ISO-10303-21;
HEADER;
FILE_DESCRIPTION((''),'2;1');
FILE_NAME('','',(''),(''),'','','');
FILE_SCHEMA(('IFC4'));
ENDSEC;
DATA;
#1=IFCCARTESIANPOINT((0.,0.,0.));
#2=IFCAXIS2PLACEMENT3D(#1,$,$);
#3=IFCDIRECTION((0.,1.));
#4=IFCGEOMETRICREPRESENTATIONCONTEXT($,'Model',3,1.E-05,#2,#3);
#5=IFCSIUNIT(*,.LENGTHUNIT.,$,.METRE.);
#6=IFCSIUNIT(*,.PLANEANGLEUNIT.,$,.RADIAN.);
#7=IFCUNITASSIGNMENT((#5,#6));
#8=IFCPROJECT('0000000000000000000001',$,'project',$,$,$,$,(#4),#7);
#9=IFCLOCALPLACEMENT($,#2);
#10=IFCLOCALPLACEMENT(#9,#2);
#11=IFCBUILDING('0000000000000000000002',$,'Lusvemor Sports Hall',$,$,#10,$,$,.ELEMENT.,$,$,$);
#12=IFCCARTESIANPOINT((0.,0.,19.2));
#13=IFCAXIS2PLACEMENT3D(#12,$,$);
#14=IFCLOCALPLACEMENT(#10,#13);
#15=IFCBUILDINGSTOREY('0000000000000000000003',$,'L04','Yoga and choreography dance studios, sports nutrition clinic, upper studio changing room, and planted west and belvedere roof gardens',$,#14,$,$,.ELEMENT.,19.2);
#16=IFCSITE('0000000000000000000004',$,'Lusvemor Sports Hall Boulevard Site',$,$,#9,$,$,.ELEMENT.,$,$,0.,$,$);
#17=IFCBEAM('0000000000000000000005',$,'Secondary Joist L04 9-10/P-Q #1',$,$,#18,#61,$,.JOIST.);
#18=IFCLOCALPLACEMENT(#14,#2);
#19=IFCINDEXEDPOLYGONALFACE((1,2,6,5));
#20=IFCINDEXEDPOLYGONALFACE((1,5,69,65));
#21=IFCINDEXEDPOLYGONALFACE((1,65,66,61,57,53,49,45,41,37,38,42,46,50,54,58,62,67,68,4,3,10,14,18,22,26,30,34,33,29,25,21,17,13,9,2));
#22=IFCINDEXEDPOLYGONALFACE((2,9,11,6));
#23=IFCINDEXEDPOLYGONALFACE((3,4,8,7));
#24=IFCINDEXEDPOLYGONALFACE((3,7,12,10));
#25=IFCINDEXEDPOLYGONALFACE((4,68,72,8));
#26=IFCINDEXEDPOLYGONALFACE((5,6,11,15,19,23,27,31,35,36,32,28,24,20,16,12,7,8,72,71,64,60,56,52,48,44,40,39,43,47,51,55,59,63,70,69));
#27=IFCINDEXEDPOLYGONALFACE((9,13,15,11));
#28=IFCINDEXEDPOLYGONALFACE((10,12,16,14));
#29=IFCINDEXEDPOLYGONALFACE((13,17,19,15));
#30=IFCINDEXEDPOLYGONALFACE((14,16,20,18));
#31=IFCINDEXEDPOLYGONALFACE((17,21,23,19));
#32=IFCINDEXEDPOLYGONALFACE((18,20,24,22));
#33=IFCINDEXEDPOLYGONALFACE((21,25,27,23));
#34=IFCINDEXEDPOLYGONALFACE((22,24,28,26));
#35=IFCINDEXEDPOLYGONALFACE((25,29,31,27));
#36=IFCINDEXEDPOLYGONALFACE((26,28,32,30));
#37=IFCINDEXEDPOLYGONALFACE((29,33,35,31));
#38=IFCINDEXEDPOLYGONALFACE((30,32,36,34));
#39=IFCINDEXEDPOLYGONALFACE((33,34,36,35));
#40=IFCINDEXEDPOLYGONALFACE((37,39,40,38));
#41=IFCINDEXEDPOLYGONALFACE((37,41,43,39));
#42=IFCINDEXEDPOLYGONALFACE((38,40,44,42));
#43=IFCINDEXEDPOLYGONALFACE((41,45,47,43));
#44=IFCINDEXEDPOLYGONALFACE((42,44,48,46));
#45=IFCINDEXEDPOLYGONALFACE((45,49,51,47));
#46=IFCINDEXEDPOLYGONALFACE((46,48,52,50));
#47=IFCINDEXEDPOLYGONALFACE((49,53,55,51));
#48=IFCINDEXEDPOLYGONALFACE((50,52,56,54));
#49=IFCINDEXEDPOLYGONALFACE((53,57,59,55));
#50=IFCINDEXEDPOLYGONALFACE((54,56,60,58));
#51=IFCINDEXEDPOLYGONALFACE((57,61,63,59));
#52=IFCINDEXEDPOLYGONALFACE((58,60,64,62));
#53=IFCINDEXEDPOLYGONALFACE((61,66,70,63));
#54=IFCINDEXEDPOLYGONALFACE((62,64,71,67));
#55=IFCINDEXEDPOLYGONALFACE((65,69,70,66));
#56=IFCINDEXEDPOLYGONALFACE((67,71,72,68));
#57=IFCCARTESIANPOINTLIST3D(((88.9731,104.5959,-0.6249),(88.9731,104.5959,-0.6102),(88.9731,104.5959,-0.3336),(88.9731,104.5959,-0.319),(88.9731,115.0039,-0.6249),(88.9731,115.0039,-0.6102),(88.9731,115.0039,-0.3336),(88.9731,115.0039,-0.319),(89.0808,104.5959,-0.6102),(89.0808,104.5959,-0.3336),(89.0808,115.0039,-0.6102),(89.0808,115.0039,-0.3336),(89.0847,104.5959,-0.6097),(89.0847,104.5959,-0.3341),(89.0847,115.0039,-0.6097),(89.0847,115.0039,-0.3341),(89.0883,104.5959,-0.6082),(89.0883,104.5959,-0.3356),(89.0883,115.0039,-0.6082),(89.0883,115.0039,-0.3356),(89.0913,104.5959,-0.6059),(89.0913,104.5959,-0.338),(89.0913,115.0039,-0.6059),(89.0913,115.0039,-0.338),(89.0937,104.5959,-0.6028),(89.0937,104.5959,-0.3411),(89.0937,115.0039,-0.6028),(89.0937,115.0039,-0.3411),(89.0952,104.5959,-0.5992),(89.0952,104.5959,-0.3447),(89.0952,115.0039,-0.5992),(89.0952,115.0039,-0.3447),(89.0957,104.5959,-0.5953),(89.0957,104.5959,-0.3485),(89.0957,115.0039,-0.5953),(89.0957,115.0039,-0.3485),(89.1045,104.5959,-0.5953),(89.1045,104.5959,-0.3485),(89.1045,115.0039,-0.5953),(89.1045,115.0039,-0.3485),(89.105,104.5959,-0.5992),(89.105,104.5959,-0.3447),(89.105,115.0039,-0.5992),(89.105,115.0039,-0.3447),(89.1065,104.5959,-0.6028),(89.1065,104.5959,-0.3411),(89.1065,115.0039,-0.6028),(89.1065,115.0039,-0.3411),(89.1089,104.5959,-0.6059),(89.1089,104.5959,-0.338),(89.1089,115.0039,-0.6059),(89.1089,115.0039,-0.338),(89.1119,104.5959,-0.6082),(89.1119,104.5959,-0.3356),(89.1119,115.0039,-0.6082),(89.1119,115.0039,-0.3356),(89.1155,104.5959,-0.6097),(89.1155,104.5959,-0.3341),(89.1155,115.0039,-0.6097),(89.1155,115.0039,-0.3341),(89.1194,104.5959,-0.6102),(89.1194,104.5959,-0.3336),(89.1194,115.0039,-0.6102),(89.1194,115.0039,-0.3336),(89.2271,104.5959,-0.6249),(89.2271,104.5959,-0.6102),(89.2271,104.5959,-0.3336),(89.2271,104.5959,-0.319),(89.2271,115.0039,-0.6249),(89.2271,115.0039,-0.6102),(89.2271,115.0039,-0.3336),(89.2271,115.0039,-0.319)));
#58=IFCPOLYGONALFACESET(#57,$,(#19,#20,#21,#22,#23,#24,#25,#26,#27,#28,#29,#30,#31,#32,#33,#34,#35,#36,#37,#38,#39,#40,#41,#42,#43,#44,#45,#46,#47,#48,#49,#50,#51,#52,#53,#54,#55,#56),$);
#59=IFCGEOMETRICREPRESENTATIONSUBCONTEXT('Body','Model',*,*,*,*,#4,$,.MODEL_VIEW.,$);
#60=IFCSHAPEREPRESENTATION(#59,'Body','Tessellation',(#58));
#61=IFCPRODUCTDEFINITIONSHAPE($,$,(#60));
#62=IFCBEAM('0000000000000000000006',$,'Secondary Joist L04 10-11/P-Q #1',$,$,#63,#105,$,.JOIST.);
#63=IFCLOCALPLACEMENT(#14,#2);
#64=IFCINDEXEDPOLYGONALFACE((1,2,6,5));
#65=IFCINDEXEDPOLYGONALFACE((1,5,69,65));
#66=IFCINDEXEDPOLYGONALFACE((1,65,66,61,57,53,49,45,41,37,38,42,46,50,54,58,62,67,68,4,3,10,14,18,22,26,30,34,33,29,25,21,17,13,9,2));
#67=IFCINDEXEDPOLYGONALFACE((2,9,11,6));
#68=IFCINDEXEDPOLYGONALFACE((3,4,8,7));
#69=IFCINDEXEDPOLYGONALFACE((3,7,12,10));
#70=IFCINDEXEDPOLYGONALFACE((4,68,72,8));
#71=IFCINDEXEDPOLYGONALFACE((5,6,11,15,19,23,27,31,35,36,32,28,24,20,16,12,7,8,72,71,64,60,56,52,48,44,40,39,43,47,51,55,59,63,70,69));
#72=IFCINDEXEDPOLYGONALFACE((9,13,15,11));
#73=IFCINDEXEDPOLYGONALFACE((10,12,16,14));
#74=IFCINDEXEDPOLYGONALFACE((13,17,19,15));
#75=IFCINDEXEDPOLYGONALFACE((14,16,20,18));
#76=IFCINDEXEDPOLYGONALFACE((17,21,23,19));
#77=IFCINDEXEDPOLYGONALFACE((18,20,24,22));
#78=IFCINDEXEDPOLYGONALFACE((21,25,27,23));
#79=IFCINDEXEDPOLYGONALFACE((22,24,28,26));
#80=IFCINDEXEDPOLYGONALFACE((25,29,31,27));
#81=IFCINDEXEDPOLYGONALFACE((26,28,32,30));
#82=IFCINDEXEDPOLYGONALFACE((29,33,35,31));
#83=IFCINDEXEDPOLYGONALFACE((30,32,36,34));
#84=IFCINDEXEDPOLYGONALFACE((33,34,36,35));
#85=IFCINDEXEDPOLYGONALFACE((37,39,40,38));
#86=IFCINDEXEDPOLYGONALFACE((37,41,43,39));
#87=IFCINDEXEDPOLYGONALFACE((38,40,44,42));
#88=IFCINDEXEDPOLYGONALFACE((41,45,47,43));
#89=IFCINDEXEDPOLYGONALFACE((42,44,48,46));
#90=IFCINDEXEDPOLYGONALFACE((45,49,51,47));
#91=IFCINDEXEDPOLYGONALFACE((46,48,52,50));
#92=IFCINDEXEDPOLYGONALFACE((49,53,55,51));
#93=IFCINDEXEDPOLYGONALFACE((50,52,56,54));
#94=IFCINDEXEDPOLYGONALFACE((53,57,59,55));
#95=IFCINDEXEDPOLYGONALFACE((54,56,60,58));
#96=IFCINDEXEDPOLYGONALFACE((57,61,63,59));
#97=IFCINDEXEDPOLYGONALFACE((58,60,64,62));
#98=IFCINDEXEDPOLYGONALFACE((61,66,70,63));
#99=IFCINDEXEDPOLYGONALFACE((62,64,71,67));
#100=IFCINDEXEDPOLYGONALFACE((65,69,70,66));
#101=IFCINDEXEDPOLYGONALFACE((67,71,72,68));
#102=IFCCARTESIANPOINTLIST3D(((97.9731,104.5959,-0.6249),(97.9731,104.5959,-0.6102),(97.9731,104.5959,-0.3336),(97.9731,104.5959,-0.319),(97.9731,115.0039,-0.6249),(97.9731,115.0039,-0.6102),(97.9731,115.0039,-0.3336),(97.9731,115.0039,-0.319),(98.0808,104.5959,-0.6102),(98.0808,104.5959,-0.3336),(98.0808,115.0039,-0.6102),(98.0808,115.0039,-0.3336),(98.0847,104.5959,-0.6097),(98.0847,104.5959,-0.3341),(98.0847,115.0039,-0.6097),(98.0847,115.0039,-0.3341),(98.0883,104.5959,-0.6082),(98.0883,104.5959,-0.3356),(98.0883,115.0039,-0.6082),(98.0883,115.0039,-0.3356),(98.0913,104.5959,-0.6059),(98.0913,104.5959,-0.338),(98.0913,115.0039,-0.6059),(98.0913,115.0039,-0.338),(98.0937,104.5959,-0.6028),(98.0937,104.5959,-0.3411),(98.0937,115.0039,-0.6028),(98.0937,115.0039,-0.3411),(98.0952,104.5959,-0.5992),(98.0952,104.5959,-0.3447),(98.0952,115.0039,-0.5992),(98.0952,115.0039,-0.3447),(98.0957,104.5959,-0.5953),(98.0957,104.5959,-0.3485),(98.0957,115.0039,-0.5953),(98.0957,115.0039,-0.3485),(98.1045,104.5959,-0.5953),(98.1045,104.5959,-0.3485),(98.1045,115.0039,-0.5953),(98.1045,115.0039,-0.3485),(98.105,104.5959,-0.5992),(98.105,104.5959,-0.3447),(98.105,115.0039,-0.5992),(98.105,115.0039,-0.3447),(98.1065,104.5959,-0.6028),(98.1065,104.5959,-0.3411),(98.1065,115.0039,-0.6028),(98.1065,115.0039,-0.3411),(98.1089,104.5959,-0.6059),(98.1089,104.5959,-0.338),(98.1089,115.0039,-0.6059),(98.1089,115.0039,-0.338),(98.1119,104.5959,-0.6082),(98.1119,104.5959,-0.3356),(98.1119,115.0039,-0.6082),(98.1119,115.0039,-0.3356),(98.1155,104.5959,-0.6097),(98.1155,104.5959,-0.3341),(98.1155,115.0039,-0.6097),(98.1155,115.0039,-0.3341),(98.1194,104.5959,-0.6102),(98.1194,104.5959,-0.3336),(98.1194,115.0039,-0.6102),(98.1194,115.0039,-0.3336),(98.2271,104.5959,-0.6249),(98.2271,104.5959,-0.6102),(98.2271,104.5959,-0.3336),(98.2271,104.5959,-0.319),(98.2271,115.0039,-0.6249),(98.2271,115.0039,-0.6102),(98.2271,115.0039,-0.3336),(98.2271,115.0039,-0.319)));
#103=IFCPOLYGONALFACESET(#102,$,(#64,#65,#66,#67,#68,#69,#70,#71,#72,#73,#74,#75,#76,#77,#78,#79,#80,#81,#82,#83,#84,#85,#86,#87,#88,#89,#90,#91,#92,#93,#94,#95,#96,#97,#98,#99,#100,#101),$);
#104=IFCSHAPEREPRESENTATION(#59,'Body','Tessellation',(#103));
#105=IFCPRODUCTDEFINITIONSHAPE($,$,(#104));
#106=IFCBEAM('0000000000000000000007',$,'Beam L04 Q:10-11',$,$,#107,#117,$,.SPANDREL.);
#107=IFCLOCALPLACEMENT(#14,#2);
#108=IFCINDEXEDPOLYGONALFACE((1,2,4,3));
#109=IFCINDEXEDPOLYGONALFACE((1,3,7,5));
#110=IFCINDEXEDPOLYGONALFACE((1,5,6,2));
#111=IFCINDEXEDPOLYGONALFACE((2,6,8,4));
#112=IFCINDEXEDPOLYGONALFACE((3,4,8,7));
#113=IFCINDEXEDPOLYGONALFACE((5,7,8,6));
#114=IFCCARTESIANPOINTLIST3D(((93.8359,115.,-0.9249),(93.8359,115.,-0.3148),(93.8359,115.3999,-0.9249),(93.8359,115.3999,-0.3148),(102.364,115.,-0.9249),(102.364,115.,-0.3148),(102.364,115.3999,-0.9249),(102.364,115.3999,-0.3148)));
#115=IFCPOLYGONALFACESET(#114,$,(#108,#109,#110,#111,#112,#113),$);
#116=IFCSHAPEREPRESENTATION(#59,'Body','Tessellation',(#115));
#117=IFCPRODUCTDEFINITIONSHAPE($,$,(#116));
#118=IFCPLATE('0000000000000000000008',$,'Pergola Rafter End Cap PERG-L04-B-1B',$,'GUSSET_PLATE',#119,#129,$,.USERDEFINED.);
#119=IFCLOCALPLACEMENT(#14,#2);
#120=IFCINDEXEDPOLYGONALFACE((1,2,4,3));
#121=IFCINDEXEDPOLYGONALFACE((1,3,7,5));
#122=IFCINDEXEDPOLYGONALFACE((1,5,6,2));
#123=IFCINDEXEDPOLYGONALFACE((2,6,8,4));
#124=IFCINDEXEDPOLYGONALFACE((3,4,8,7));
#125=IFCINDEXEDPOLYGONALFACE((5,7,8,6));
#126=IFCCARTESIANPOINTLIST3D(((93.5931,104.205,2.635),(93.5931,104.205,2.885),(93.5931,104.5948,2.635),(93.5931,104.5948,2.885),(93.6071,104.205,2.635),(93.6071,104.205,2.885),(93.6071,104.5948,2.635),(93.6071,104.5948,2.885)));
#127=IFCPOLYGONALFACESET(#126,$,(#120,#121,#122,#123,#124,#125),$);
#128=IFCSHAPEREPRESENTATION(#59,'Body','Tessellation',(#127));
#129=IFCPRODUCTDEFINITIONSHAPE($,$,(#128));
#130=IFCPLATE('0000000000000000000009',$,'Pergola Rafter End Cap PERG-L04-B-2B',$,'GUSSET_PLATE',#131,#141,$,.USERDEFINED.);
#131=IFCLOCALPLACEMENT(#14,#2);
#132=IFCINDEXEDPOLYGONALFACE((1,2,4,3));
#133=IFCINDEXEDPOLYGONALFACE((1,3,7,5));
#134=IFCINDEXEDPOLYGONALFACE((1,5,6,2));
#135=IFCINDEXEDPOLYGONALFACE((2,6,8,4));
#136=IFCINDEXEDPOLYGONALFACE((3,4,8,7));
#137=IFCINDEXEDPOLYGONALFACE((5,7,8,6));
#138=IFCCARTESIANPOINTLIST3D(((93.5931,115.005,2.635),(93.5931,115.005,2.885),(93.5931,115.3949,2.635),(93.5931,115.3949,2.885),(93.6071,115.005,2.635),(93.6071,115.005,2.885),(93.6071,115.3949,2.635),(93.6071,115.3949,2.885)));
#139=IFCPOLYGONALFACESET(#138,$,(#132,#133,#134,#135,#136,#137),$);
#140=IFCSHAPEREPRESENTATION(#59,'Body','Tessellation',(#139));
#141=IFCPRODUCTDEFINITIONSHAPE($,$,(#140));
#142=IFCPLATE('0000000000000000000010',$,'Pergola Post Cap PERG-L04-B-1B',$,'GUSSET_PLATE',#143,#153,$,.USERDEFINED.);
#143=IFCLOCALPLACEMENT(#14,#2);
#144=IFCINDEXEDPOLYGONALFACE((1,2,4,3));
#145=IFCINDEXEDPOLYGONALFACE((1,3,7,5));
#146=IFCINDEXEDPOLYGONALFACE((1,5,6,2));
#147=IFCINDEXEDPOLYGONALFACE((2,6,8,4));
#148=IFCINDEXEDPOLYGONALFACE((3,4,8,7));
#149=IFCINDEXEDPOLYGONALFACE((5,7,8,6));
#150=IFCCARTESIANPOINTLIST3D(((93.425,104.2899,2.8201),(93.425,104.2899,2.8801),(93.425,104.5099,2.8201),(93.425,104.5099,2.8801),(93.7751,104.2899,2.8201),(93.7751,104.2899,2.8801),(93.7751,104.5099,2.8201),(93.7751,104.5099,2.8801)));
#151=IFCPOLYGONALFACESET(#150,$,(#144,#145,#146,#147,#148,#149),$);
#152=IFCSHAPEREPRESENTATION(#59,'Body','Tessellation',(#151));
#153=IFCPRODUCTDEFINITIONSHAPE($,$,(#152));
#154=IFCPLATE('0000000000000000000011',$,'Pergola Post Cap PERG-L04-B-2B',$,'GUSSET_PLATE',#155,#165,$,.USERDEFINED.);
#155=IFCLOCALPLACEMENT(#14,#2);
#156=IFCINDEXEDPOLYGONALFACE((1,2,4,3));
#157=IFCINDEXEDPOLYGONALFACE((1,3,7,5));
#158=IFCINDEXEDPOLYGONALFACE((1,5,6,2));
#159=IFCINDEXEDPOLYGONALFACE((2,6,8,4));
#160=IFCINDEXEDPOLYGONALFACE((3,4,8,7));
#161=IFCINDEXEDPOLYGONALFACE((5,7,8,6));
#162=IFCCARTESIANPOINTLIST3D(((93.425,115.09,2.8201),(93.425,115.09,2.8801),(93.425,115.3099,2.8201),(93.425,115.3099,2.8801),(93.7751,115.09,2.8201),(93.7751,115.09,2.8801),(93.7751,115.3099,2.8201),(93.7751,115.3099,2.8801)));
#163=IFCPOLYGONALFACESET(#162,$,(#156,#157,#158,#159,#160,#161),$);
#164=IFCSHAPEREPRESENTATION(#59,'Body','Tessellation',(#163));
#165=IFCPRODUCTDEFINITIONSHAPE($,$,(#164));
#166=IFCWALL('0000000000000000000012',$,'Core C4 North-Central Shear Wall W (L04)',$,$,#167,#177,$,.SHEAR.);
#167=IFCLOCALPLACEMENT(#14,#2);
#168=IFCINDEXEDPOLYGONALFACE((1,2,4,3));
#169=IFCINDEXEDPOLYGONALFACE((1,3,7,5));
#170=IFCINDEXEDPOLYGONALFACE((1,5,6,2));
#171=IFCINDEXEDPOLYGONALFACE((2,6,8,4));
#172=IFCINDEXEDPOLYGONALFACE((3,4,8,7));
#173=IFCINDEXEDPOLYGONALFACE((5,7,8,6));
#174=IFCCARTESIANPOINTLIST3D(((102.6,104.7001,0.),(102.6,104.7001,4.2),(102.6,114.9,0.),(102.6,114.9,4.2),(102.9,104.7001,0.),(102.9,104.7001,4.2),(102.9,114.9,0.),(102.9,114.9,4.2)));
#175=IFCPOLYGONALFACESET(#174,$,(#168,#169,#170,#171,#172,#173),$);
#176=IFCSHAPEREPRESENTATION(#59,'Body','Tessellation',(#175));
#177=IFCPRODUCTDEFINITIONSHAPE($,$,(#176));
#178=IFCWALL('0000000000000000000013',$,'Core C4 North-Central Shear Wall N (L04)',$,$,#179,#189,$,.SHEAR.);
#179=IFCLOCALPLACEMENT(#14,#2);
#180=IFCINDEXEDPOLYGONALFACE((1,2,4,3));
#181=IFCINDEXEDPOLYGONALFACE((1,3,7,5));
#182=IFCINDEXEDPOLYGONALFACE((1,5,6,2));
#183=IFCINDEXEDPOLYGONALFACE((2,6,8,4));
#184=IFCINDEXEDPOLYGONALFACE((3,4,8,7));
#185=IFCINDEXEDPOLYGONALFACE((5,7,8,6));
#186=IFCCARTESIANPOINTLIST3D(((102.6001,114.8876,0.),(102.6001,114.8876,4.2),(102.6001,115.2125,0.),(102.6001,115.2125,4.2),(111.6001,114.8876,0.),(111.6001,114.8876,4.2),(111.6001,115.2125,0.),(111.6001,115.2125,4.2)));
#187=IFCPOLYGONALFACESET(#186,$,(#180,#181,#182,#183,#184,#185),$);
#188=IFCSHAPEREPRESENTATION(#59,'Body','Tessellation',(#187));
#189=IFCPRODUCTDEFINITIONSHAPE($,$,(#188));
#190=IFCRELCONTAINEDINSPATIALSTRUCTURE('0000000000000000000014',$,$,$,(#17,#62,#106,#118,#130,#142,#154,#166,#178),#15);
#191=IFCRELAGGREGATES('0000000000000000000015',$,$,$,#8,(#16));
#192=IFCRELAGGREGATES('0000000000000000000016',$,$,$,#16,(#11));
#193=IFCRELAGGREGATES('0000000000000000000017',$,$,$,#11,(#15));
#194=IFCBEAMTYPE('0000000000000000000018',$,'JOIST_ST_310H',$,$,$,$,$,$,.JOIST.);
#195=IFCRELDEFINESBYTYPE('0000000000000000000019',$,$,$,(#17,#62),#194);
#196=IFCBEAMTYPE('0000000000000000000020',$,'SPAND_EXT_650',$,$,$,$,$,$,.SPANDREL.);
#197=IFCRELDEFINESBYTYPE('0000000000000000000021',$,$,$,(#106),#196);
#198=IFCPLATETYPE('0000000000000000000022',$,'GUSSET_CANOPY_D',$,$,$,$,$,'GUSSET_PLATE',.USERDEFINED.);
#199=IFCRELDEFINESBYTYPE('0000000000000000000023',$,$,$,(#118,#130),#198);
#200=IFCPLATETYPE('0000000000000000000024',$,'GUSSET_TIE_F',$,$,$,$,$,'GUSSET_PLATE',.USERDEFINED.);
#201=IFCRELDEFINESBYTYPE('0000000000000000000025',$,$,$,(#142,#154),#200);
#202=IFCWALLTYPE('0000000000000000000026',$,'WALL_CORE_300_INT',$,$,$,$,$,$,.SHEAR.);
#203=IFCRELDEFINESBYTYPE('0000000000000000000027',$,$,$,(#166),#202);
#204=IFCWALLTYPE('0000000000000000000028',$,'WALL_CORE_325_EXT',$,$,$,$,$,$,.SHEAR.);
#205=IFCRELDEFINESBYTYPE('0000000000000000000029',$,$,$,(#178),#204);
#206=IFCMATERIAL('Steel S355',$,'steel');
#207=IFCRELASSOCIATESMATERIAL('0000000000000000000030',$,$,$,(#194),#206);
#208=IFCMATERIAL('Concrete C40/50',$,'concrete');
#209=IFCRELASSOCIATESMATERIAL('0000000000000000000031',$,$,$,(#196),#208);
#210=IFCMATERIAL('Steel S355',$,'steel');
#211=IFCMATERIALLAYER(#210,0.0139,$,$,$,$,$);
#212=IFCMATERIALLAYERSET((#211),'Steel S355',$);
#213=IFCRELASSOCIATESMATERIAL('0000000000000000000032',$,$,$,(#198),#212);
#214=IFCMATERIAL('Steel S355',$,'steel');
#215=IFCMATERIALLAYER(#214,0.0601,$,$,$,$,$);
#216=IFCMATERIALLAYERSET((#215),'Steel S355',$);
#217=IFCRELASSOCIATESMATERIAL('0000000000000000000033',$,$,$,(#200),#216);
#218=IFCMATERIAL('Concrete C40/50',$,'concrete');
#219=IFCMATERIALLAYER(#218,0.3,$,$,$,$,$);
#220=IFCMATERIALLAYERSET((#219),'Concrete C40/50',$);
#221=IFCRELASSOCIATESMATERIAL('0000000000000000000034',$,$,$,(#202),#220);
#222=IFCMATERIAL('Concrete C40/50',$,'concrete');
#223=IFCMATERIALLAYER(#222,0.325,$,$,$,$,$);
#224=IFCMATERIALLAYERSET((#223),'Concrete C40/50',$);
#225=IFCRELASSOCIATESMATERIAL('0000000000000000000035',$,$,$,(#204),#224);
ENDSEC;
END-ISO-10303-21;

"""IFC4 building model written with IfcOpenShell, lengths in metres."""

from ifc_helpers import new_model, si_unit, direction, frame, frame_2d, origin, origin_2d, place, context, subcontext, project, spatial, rectangle, i_section, extrude, material, layer, layer_set, material_profile, profile_set, type_object, element, save


model = new_model("IFC4")

# Units and contexts
model_context = context("Model", 3, precision=1e-05, world=origin(), true_north=direction((0.0, 1.0)))
body_context = subcontext(model_context, "Body", "Model", "MODEL_VIEW")
ifc_project = project(units=[si_unit("LENGTHUNIT", "METRE"), si_unit("PLANEANGLEUNIT", "RADIAN")], contexts=[model_context])

# Site, building, storey
site_placement = place(None, origin())
site = spatial("IfcSite", under=ifc_project, at=site_placement, Name="Lusvemor Sports Hall Boulevard Site", CompositionType="ELEMENT", RefElevation=0.0)
building_placement = place(site_placement, origin())
building = spatial("IfcBuilding", under=site, at=building_placement, Name="Lusvemor Sports Hall", CompositionType="ELEMENT")
storey_placement = place(building_placement, frame((0.0, 0.0, 19.2)))
storey = spatial("IfcBuildingStorey", under=building, at=storey_placement, Name="L04", Description="Yoga and choreography dance studios, sports nutrition clinic, upper studio changing room, and planted west and belvedere roof gardens", CompositionType="ELEMENT", Elevation=19.2)

# Beams
ifc_material_1 = material(Name="Steel S355", Category="steel")
ifc_material_profile_1 = material_profile(ifc_material_1, i_section(OverallWidth=0.2539, OverallDepth=0.3059, WebThickness=0.0088, FlangeThickness=0.0146, FilletRadius=0.0149, at=origin_2d()), Name="W310x79.0")
ifc_profile_set_1 = profile_set([ifc_material_profile_1], Name="Steel S355")
beam_type_1 = type_object("IfcBeamType", Name="JOIST_ST_310H", PredefinedType="JOIST", material=ifc_profile_set_1)
for number, where, z_axis, x_axis, name in (
    (1, (89.1001, 104.5959, -0.4719), (0.0, 1.0, 0.0), (-1.0, 0.0, 0.0), "Secondary Joist L04 9-10/P-Q #1"),
    (2, (98.1001, 104.5959, -0.4719), (0.0, 1.0, 0.0), (-1.0, 0.0, 0.0), "Secondary Joist L04 10-11/P-Q #1"),
):
    element("IfcBeam", number, at=place(storey_placement, frame(where, z_axis=z_axis, x_axis=x_axis)), inside=storey, type_object=beam_type_1, Name=name, PredefinedType="JOIST", context=body_context, shape_type="SweptSolid", body=[
        extrude(i_section(OverallWidth=0.2539, OverallDepth=0.3059, WebThickness=0.0088, FlangeThickness=0.0146, FilletRadius=0.0149, at=origin_2d()), origin(), (0.0, 0.0, 1.0), 10.408),
    ])
ifc_material_2 = material(Name="Concrete C40/50", Category="concrete")
ifc_material_profile_2 = material_profile(ifc_material_2, rectangle(XDim=0.3999, YDim=0.6101, at=origin_2d()), Name="RC400x610")
ifc_profile_set_2 = profile_set([ifc_material_profile_2], Name="Concrete C40/50")
beam_type_2 = type_object("IfcBeamType", Name="SPAND_EXT_650", PredefinedType="SPANDREL", material=ifc_profile_set_2)
beam_1_placement = place(storey_placement, frame((93.8359, 115.2, -0.6199), z_axis=(1.0, 0.0, 0.0), x_axis=(0.0, 1.0, 0.0)))
element("IfcBeam", 3, at=beam_1_placement, inside=storey, type_object=beam_type_2, Name="Beam L04 Q:10-11", PredefinedType="SPANDREL", context=body_context, shape_type="SweptSolid", body=[
    extrude(rectangle(XDim=0.3999, YDim=0.6101, at=origin_2d()), origin(), (0.0, 0.0, 1.0), 8.5281),
])

# Plates
ifc_material_3 = material(Name="Steel S355", Category="steel")
ifc_layer_1 = layer(ifc_material_3, 0.0139)
ifc_layer_set_1 = layer_set([ifc_layer_1], Name="Steel S355")
plate_type_1 = type_object("IfcPlateType", Name="GUSSET_CANOPY_D", ElementType="GUSSET_PLATE", PredefinedType="USERDEFINED", material=ifc_layer_set_1)
for number, where, z_axis, x_axis, name in (
    (4, (93.6001, 104.3999, 2.635), (0.0, 0.0, 1.0), (1.0, 0.0, 0.0), "Pergola Rafter End Cap PERG-L04-B-1B"),
    (5, (93.6001, 115.2, 2.635), (0.0, 0.0, 1.0), (1.0, 0.0, 0.0), "Pergola Rafter End Cap PERG-L04-B-2B"),
):
    element("IfcPlate", number, at=place(storey_placement, frame(where, z_axis=z_axis, x_axis=x_axis)), inside=storey, type_object=plate_type_1, Name=name, ObjectType="GUSSET_PLATE", PredefinedType="USERDEFINED", context=body_context, shape_type="SweptSolid", body=[
        extrude(rectangle(XDim=0.0139, YDim=0.3899, at=origin_2d()), origin(), (0.0, 0.0, 1.0), 0.25),
    ])
ifc_material_4 = material(Name="Steel S355", Category="steel")
ifc_layer_2 = layer(ifc_material_4, 0.0601)
ifc_layer_set_2 = layer_set([ifc_layer_2], Name="Steel S355")
plate_type_2 = type_object("IfcPlateType", Name="GUSSET_TIE_F", ElementType="GUSSET_PLATE", PredefinedType="USERDEFINED", material=ifc_layer_set_2)
for number, where, z_axis, x_axis, name in (
    (6, (93.6001, 104.3999, 2.8201), (0.0, 0.0, 1.0), (1.0, 0.0, 0.0), "Pergola Post Cap PERG-L04-B-1B"),
    (7, (93.6001, 115.2, 2.8201), (0.0, 0.0, 1.0), (1.0, 0.0, 0.0), "Pergola Post Cap PERG-L04-B-2B"),
):
    element("IfcPlate", number, at=place(storey_placement, frame(where, z_axis=z_axis, x_axis=x_axis)), inside=storey, type_object=plate_type_2, Name=name, ObjectType="GUSSET_PLATE", PredefinedType="USERDEFINED", context=body_context, shape_type="SweptSolid", body=[
        extrude(rectangle(XDim=0.3501, YDim=0.22, at=origin_2d()), origin(), (0.0, 0.0, 1.0), 0.0601),
    ])

# Walls
ifc_material_5 = material(Name="Concrete C40/50", Category="concrete")
ifc_layer_3 = layer(ifc_material_5, 0.3)
ifc_layer_set_3 = layer_set([ifc_layer_3], Name="Concrete C40/50")
wall_type_1 = type_object("IfcWallType", Name="WALL_CORE_300_INT", PredefinedType="SHEAR", material=ifc_layer_set_3)
wall_1_placement = place(storey_placement, frame((102.75, 104.7, 0.0), z_axis=(0.0, 0.0, 1.0), x_axis=(0.0, 1.0, 0.0)))
element("IfcWall", 8, at=wall_1_placement, inside=storey, type_object=wall_type_1, Name="Core C4 North-Central Shear Wall W (L04)", PredefinedType="SHEAR", context=body_context, shape_type="SweptSolid", body=[
    extrude(rectangle(XDim=10.2, YDim=0.3, at=frame_2d((5.1001, 0.0))), origin(), (0.0, 0.0, 1.0), 4.2),
])
ifc_material_6 = material(Name="Concrete C40/50", Category="concrete")
ifc_layer_4 = layer(ifc_material_6, 0.325)
ifc_layer_set_4 = layer_set([ifc_layer_4], Name="Concrete C40/50")
wall_type_2 = type_object("IfcWallType", Name="WALL_CORE_325_EXT", PredefinedType="SHEAR", material=ifc_layer_set_4)
wall_2_placement = place(storey_placement, frame((102.6001, 115.05, 0.0), z_axis=(0.0, 0.0, 1.0), x_axis=(1.0, 0.0, 0.0)))
element("IfcWall", 9, at=wall_2_placement, inside=storey, type_object=wall_type_2, Name="Core C4 North-Central Shear Wall N (L04)", PredefinedType="SHEAR", context=body_context, shape_type="SweptSolid", body=[
    extrude(rectangle(XDim=9.0, YDim=0.325, at=frame_2d((4.5, 0.0))), origin(), (0.0, 0.0, 1.0), 4.2),
])

save(model, "model.ifc")
